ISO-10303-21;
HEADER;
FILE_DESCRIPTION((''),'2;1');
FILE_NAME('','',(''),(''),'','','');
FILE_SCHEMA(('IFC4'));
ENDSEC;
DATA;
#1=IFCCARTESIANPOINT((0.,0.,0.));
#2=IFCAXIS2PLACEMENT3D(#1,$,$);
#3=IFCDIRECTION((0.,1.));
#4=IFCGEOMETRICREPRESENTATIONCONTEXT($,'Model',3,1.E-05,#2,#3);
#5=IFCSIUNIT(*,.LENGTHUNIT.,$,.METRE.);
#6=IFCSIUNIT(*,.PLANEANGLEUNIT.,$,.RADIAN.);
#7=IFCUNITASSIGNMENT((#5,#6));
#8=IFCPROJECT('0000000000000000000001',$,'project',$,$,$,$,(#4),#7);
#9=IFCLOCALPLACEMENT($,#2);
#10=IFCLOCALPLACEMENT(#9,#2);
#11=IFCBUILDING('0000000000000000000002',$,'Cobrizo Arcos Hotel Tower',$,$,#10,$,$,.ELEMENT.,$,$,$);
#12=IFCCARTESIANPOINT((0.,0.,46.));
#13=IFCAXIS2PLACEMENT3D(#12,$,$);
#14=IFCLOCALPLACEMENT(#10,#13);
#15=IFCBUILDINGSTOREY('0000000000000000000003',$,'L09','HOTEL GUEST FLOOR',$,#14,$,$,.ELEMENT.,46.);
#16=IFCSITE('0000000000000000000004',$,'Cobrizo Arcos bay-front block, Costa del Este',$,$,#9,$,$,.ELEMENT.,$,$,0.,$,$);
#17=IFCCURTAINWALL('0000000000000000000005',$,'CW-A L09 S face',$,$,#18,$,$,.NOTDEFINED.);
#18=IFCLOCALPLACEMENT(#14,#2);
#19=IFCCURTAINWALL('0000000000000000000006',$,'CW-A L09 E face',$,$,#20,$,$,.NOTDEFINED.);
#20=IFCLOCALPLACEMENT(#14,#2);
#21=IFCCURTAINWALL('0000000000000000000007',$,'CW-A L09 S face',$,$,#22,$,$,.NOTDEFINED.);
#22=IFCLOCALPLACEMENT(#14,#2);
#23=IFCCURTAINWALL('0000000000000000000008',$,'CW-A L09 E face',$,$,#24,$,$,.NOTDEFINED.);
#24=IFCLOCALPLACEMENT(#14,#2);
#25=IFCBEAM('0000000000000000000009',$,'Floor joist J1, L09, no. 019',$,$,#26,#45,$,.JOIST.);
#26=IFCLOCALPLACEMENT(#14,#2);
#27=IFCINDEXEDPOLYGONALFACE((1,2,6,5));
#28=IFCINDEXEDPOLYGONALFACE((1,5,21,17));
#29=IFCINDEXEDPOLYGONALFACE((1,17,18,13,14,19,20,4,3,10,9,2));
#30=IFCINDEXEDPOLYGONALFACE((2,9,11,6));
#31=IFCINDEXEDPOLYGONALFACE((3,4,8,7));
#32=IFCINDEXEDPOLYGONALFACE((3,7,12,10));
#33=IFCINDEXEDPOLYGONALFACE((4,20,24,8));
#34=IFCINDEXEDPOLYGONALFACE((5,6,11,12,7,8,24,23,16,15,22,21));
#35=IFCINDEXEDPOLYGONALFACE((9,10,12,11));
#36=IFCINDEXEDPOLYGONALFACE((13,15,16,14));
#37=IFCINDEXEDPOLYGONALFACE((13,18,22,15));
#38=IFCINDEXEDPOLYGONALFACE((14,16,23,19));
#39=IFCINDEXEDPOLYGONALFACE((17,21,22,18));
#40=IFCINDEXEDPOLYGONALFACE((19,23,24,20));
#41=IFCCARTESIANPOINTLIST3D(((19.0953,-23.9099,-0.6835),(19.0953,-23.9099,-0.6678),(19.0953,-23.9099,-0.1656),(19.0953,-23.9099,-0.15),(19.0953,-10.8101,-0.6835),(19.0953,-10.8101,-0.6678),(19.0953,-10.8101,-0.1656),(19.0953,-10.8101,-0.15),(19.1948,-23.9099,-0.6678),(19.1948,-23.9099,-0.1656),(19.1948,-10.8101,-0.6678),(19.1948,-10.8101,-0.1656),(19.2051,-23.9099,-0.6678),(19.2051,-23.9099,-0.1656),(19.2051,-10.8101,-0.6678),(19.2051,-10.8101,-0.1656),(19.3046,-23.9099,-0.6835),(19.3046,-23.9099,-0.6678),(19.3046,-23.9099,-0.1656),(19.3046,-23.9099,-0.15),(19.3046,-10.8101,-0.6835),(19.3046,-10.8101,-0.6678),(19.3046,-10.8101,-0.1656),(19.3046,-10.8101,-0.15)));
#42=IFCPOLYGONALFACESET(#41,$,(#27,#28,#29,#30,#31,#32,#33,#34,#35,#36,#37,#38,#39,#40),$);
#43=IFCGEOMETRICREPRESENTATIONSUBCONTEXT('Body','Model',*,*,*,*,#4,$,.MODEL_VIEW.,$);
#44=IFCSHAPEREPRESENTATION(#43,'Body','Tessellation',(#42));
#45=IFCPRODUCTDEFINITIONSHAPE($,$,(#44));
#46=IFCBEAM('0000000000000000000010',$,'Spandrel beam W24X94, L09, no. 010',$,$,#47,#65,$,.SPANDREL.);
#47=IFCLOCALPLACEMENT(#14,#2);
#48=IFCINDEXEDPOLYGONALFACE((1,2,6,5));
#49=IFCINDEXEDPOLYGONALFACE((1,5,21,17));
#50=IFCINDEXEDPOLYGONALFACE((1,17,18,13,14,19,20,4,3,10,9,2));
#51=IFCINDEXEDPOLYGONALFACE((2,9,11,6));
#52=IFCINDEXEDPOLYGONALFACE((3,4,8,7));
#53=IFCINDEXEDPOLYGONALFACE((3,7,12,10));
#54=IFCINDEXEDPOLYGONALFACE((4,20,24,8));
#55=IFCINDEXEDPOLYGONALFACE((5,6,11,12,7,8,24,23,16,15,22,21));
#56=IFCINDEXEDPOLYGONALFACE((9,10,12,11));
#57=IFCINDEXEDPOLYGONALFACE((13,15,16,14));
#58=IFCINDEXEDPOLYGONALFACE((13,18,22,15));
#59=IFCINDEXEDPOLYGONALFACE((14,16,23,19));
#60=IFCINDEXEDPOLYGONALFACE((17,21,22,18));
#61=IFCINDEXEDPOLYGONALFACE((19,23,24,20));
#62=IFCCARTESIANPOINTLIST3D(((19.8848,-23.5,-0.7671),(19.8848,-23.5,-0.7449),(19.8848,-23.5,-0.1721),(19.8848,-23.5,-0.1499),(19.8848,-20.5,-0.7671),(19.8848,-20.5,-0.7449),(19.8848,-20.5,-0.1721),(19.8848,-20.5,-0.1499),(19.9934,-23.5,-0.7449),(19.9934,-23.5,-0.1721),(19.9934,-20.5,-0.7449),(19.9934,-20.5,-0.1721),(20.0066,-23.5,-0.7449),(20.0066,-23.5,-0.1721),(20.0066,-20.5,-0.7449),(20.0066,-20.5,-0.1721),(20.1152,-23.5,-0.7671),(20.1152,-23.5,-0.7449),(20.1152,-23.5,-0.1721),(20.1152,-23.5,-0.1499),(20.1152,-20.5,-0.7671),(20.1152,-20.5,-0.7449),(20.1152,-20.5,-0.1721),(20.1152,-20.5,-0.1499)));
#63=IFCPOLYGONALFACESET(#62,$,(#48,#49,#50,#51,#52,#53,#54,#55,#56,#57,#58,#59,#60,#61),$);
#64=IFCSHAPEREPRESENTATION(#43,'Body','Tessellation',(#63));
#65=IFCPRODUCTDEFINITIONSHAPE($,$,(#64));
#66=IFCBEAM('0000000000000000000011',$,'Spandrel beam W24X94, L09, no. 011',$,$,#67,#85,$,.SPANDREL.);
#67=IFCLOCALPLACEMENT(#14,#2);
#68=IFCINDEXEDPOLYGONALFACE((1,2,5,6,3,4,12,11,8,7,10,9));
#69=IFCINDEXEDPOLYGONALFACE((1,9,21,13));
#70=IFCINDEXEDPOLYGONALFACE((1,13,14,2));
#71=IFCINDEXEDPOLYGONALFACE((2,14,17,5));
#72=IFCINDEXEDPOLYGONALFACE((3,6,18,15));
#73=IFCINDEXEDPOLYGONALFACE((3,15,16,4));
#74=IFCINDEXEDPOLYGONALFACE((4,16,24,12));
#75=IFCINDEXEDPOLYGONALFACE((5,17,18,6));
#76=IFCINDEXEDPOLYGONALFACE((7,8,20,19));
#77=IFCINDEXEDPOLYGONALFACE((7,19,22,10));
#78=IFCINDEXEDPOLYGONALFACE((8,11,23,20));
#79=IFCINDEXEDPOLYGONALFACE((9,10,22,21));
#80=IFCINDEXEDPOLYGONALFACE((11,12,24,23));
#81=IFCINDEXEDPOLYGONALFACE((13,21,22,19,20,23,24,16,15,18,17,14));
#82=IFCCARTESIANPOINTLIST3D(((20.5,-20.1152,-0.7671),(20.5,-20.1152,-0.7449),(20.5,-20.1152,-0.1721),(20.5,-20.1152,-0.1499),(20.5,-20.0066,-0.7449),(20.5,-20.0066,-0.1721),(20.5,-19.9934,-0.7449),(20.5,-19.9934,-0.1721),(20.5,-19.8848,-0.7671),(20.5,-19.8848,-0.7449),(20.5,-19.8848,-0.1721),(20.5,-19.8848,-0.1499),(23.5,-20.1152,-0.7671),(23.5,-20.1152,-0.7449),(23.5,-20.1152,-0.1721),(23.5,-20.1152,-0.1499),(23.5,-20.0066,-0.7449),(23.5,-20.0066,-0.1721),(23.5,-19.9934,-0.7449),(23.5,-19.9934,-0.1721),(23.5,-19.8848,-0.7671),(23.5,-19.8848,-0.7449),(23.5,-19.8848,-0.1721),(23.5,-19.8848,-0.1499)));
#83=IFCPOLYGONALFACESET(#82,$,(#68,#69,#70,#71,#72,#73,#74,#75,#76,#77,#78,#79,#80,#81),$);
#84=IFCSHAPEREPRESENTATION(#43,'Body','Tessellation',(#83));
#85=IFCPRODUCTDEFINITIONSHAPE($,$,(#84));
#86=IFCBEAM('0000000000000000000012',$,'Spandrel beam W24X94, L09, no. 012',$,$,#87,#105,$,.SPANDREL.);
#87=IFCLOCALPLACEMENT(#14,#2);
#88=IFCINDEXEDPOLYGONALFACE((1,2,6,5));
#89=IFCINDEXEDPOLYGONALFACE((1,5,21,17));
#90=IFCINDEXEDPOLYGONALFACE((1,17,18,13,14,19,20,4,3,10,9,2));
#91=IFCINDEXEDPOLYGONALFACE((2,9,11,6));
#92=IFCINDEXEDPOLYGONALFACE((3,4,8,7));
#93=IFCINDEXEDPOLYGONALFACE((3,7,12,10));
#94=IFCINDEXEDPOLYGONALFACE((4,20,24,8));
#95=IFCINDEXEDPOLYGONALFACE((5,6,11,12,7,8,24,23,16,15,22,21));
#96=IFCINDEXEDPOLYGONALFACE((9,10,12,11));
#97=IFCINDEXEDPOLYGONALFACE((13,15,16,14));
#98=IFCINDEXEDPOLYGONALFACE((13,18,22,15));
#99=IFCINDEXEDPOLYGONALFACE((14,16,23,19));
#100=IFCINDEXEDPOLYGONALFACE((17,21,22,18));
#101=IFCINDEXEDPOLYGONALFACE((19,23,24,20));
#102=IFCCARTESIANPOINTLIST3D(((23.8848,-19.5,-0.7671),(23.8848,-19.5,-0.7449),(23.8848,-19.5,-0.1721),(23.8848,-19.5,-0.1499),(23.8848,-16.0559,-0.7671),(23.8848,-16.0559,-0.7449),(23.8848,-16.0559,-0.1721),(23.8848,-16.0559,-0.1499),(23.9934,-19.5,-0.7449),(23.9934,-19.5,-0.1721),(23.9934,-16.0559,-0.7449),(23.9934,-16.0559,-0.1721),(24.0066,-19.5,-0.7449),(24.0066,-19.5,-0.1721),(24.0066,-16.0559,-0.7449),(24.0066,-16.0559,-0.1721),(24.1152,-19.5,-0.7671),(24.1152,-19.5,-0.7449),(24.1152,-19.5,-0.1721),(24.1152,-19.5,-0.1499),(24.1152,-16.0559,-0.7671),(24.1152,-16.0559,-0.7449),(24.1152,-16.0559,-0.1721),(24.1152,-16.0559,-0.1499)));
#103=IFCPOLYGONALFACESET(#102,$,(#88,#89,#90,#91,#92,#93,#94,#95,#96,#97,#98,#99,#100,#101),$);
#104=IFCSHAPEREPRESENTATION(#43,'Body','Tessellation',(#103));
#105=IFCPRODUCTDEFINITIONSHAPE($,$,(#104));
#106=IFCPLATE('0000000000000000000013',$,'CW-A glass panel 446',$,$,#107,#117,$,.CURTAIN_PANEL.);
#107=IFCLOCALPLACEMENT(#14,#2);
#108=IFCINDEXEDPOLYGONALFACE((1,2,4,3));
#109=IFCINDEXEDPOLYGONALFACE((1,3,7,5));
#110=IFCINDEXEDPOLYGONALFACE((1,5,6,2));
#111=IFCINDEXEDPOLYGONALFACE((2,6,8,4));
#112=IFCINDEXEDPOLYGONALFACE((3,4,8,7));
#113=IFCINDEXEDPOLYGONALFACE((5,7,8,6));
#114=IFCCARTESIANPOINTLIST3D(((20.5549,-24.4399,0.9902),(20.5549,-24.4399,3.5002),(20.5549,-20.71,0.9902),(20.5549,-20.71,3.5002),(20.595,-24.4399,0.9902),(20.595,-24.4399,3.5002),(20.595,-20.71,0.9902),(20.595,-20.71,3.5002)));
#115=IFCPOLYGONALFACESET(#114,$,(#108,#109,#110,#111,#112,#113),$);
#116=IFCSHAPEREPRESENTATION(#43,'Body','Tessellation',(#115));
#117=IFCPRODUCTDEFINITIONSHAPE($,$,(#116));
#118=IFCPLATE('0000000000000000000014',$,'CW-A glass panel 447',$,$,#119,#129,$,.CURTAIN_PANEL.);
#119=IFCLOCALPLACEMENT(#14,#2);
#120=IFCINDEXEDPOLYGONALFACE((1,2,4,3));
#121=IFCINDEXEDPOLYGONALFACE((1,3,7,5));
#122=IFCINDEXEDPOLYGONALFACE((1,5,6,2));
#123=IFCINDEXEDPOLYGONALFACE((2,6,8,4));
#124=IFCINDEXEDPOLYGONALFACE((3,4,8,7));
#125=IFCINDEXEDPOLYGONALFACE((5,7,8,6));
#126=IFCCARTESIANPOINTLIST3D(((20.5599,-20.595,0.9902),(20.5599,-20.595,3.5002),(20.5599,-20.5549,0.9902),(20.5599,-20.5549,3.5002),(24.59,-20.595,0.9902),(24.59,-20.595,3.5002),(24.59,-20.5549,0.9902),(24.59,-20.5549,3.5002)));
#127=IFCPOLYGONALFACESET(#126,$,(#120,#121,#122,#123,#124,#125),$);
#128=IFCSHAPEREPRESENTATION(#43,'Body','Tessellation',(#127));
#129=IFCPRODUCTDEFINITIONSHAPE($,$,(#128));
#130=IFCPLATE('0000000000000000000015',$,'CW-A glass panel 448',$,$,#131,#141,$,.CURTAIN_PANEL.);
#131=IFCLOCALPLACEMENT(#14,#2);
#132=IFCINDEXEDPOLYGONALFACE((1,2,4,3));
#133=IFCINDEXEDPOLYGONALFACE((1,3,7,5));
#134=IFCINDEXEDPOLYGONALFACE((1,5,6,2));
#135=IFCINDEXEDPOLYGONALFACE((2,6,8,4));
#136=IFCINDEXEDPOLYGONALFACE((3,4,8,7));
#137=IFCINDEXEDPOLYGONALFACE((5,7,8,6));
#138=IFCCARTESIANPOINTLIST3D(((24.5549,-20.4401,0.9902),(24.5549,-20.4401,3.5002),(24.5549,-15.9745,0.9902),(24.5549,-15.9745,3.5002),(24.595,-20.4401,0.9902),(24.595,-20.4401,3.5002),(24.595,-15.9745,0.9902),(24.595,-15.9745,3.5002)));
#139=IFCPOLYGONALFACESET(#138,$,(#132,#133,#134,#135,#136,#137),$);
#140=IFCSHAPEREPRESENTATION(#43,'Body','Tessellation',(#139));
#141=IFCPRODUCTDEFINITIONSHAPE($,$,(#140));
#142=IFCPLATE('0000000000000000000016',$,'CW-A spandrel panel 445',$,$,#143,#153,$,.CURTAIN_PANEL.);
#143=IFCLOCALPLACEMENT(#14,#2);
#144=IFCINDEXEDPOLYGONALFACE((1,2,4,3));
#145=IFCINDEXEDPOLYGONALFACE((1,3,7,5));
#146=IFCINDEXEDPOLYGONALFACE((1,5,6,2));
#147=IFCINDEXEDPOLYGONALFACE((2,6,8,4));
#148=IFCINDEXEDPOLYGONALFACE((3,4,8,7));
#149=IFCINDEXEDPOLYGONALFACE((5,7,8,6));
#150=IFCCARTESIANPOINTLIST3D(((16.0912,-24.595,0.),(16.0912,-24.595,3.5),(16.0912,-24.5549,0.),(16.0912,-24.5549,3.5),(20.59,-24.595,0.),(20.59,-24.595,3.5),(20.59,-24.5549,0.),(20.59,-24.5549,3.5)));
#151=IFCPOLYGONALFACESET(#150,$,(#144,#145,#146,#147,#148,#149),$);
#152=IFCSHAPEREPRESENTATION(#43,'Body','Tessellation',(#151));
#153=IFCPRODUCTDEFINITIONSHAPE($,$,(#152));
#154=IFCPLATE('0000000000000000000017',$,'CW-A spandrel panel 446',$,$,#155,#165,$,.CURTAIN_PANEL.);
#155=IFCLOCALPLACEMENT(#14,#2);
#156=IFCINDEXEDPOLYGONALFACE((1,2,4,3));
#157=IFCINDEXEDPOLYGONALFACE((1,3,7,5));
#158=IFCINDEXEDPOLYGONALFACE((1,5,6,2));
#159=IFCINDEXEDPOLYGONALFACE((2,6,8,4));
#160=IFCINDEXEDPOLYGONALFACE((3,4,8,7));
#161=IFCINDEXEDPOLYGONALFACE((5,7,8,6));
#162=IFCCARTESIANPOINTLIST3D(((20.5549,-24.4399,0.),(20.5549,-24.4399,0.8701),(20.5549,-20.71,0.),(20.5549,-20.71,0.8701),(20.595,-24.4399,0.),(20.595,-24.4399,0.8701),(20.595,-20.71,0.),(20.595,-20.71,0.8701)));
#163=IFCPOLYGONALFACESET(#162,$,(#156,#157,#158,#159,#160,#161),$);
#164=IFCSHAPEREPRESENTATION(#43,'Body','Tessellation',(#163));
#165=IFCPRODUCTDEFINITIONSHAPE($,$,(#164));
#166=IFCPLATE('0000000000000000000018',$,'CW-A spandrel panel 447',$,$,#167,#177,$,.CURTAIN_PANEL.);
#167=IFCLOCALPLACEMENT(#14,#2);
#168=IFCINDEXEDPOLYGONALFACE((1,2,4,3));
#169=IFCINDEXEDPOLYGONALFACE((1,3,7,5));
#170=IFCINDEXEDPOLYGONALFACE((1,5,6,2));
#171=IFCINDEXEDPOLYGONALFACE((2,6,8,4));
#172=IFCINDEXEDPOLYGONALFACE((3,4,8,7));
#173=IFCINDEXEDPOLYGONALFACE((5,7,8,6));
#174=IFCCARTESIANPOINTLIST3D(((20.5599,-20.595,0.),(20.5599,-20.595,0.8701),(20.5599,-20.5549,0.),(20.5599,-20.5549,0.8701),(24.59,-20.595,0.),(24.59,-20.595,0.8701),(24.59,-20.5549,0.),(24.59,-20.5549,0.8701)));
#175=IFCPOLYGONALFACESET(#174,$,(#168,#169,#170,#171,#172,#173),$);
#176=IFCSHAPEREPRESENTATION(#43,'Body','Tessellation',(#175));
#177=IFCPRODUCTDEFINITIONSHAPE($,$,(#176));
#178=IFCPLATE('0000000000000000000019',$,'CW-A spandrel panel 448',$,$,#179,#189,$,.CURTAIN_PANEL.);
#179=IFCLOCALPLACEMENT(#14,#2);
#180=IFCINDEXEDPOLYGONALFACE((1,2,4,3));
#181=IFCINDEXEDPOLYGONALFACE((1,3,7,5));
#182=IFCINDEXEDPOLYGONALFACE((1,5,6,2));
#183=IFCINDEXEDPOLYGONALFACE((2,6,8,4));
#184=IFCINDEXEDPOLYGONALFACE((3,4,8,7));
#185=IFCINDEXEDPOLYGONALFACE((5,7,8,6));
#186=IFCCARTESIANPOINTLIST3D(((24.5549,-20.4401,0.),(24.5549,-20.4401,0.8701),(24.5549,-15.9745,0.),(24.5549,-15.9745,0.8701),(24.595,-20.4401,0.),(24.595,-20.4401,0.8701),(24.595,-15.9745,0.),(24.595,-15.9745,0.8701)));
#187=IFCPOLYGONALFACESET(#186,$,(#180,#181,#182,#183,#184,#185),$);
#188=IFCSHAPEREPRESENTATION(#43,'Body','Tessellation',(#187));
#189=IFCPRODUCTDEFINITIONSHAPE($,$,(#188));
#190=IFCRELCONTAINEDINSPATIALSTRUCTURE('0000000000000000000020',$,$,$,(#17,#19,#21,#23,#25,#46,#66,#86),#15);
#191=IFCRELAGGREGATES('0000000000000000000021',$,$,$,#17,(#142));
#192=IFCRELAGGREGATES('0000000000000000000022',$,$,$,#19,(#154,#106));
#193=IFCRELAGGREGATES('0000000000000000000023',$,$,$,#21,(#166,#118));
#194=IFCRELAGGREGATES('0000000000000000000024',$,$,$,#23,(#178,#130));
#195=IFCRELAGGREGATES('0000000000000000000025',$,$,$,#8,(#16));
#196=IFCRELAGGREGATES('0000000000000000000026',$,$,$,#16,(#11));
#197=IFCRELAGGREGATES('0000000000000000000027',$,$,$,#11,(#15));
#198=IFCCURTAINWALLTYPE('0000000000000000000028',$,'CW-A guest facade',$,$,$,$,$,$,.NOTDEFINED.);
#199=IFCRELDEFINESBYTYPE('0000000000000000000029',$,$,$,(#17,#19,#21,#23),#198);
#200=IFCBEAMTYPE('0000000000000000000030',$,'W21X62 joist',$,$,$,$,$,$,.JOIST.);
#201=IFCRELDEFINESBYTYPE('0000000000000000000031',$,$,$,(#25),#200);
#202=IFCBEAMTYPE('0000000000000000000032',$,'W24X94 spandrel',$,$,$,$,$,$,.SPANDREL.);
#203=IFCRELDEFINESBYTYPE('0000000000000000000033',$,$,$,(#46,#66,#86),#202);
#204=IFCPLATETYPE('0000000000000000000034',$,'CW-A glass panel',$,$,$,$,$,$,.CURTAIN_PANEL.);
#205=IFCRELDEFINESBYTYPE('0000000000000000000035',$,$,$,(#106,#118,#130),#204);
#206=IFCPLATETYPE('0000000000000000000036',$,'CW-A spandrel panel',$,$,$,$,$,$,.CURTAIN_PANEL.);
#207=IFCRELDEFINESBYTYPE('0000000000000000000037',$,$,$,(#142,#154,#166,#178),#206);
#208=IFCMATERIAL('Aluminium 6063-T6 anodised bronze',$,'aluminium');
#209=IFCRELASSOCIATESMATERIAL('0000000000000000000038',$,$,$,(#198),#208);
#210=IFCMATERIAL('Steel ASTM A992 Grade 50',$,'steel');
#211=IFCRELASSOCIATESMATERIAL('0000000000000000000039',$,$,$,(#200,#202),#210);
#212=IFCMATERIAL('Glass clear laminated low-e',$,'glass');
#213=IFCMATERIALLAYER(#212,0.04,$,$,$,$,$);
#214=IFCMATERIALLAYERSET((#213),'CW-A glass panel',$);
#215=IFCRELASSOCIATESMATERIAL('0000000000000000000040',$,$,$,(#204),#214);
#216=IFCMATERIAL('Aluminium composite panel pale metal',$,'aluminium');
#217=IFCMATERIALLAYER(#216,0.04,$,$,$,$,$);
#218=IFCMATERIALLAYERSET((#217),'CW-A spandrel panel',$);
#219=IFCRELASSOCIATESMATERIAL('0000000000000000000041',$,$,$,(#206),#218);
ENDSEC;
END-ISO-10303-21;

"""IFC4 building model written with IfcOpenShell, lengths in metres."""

from ifc_helpers import new_model, si_unit, direction, frame, origin, origin_2d, place, context, subcontext, project, spatial, rectangle, i_section, extrude, material, layer, layer_set, material_profile, profile_set, type_object, element, aggregate, save


model = new_model("IFC4")

# Units and contexts
model_context = context("Model", 3, precision=1e-05, world=origin(), true_north=direction((0.0, 1.0)))
body_context = subcontext(model_context, "Body", "Model", "MODEL_VIEW")
ifc_project = project(units=[si_unit("LENGTHUNIT", "METRE"), si_unit("PLANEANGLEUNIT", "RADIAN")], contexts=[model_context])

# Site, building, storey
site_placement = place(None, origin())
site = spatial("IfcSite", under=ifc_project, at=site_placement, Name="Cobrizo Arcos bay-front block, Costa del Este", CompositionType="ELEMENT", RefElevation=0.0)
building_placement = place(site_placement, origin())
building = spatial("IfcBuilding", under=site, at=building_placement, Name="Cobrizo Arcos Hotel Tower", CompositionType="ELEMENT")
storey_placement = place(building_placement, frame((0.0, 0.0, 46.0)))
storey = spatial("IfcBuildingStorey", under=building, at=storey_placement, Name="L09", Description="HOTEL GUEST FLOOR", CompositionType="ELEMENT", Elevation=46.0)

# Curtain wall
ifc_material_1 = material(Name="Aluminium 6063-T6 anodised bronze", Category="aluminium")
curtain_wall_type = type_object("IfcCurtainWallType", Name="CW-A guest facade", PredefinedType="NOTDEFINED", material=ifc_material_1)
curtain_wall_1_placement = place(storey_placement, origin())
curtain_wall_1 = element("IfcCurtainWall", 1, at=curtain_wall_1_placement, inside=storey, type_object=curtain_wall_type, Name="CW-A L09 S face", PredefinedType="NOTDEFINED")

# Curtain walls
curtain_wall_2_placement = place(storey_placement, origin())
curtain_wall_2 = element("IfcCurtainWall", 2, at=curtain_wall_2_placement, inside=storey, type_object=curtain_wall_type, Name="CW-A L09 E face", PredefinedType="NOTDEFINED")
curtain_wall_3_placement = place(storey_placement, origin())
curtain_wall_3 = element("IfcCurtainWall", 3, at=curtain_wall_3_placement, inside=storey, type_object=curtain_wall_type, Name="CW-A L09 S face", PredefinedType="NOTDEFINED")
curtain_wall_4_placement = place(storey_placement, origin())
curtain_wall_4 = element("IfcCurtainWall", 4, at=curtain_wall_4_placement, inside=storey, type_object=curtain_wall_type, Name="CW-A L09 E face", PredefinedType="NOTDEFINED")

# Beams
ifc_material_2 = material(Name="Steel ASTM A992 Grade 50", Category="steel")
ifc_material_profile_1 = material_profile(ifc_material_2, i_section(OverallWidth=0.2092, OverallDepth=0.5334, WebThickness=0.0103, FlangeThickness=0.0156, at=origin_2d()), Name="W21X62")
ifc_profile_set_1 = profile_set([ifc_material_profile_1], Name="Steel ASTM A992 Grade 50")
beam_type_1 = type_object("IfcBeamType", Name="W21X62 joist", PredefinedType="JOIST", material=ifc_profile_set_1)
beam_1_placement = place(storey_placement, frame((19.2, -23.9099, -0.4167), z_axis=(0.0, 1.0, 0.0), x_axis=(-1.0, 0.0, 0.0)))
element("IfcBeam", 5, at=beam_1_placement, inside=storey, type_object=beam_type_1, Name="Floor joist J1, L09, no. 019", PredefinedType="JOIST", context=body_context, shape_type="SweptSolid", body=[
    extrude(i_section(OverallWidth=0.2092, OverallDepth=0.5334, WebThickness=0.0103, FlangeThickness=0.0156, at=origin_2d()), origin(), (0.0, 0.0, 1.0), 13.0999),
])
ifc_material_profile_2 = material_profile(ifc_material_2, i_section(OverallWidth=0.2305, OverallDepth=0.6172, WebThickness=0.0132, FlangeThickness=0.0222, at=origin_2d()), Name="W24X94")
ifc_profile_set_2 = profile_set([ifc_material_profile_2], Name="Steel ASTM A992 Grade 50")
beam_type_2 = type_object("IfcBeamType", Name="W24X94 spandrel", PredefinedType="SPANDREL", material=ifc_profile_set_2)
for number, where, z_axis, x_axis, name in (
    (6, (20.0, -23.5, -0.4585), (0.0, 1.0, 0.0), (-1.0, 0.0, 0.0), "Spandrel beam W24X94, L09, no. 010"),
    (7, (20.5, -20.0, -0.4585), (1.0, 0.0, 0.0), (0.0, 1.0, 0.0), "Spandrel beam W24X94, L09, no. 011"),
):
    element("IfcBeam", number, at=place(storey_placement, frame(where, z_axis=z_axis, x_axis=x_axis)), inside=storey, type_object=beam_type_2, Name=name, PredefinedType="SPANDREL", context=body_context, shape_type="SweptSolid", body=[
        extrude(i_section(OverallWidth=0.2305, OverallDepth=0.6172, WebThickness=0.0132, FlangeThickness=0.0222, at=origin_2d()), origin(), (0.0, 0.0, 1.0), 3.0),
    ])
beam_2_placement = place(storey_placement, frame((24.0, -19.5, -0.4585), z_axis=(0.0, 1.0, 0.0), x_axis=(-1.0, 0.0, 0.0)))
element("IfcBeam", 8, at=beam_2_placement, inside=storey, type_object=beam_type_2, Name="Spandrel beam W24X94, L09, no. 012", PredefinedType="SPANDREL", context=body_context, shape_type="SweptSolid", body=[
    extrude(i_section(OverallWidth=0.2305, OverallDepth=0.6172, WebThickness=0.0132, FlangeThickness=0.0222, at=origin_2d()), origin(), (0.0, 0.0, 1.0), 3.4441),
])

# Plates
ifc_material_3 = material(Name="Glass clear laminated low-e", Category="glass")
ifc_layer_1 = layer(ifc_material_3, 0.04)
ifc_layer_set_1 = layer_set([ifc_layer_1], Name="CW-A glass panel")
plate_type_1 = type_object("IfcPlateType", Name="CW-A glass panel", PredefinedType="CURTAIN_PANEL", material=ifc_layer_set_1)
plate_1_placement = place(storey_placement, frame((20.575, -22.575, 0.9902), z_axis=(0.0, 0.0, 1.0), x_axis=(0.0, 1.0, 0.0)))
plate_1 = element("IfcPlate", 9, at=plate_1_placement, type_object=plate_type_1, Name="CW-A glass panel 446", PredefinedType="CURTAIN_PANEL", context=body_context, shape_type="SweptSolid", body=[
    extrude(rectangle(XDim=3.73, YDim=0.04, at=origin_2d()), origin(), (0.0, 0.0, 1.0), 2.51),
])
plate_2_placement = place(storey_placement, frame((22.575, -20.575, 0.9902), z_axis=(0.0, 0.0, 1.0), x_axis=(1.0, 0.0, 0.0)))
plate_2 = element("IfcPlate", 10, at=plate_2_placement, type_object=plate_type_1, Name="CW-A glass panel 447", PredefinedType="CURTAIN_PANEL", context=body_context, shape_type="SweptSolid", body=[
    extrude(rectangle(XDim=4.03, YDim=0.04, at=origin_2d()), origin(), (0.0, 0.0, 1.0), 2.51),
])
plate_3_placement = place(storey_placement, frame((24.575, -18.2073, 0.9902), z_axis=(0.0, 0.0, 1.0), x_axis=(0.0, 1.0, 0.0)))
plate_3 = element("IfcPlate", 11, at=plate_3_placement, type_object=plate_type_1, Name="CW-A glass panel 448", PredefinedType="CURTAIN_PANEL", context=body_context, shape_type="SweptSolid", body=[
    extrude(rectangle(XDim=4.4656, YDim=0.04, at=origin_2d()), origin(), (0.0, 0.0, 1.0), 2.51),
])
ifc_material_4 = material(Name="Aluminium composite panel pale metal", Category="aluminium")
ifc_layer_2 = layer(ifc_material_4, 0.04)
ifc_layer_set_2 = layer_set([ifc_layer_2], Name="CW-A spandrel panel")
plate_type_2 = type_object("IfcPlateType", Name="CW-A spandrel panel", PredefinedType="CURTAIN_PANEL", material=ifc_layer_set_2)
plate_4_placement = place(storey_placement, frame((18.3406, -24.575, 0.0), z_axis=(0.0, 0.0, 1.0), x_axis=(1.0, 0.0, 0.0)))
plate_4 = element("IfcPlate", 12, at=plate_4_placement, type_object=plate_type_2, Name="CW-A spandrel panel 445", PredefinedType="CURTAIN_PANEL", context=body_context, shape_type="SweptSolid", body=[
    extrude(rectangle(XDim=4.4988, YDim=0.04, at=origin_2d()), origin(), (0.0, 0.0, 1.0), 3.5),
])
aggregate(curtain_wall_1, [plate_4])
plate_5_placement = place(storey_placement, frame((20.575, -22.575, 0.0), z_axis=(0.0, 0.0, 1.0), x_axis=(0.0, 1.0, 0.0)))
plate_5 = element("IfcPlate", 13, at=plate_5_placement, type_object=plate_type_2, Name="CW-A spandrel panel 446", PredefinedType="CURTAIN_PANEL", context=body_context, shape_type="SweptSolid", body=[
    extrude(rectangle(XDim=3.73, YDim=0.04, at=origin_2d()), origin(), (0.0, 0.0, 1.0), 0.8701),
])
aggregate(curtain_wall_2, [plate_5, plate_1])
plate_6_placement = place(storey_placement, frame((22.575, -20.575, 0.0), z_axis=(0.0, 0.0, 1.0), x_axis=(1.0, 0.0, 0.0)))
plate_6 = element("IfcPlate", 14, at=plate_6_placement, type_object=plate_type_2, Name="CW-A spandrel panel 447", PredefinedType="CURTAIN_PANEL", context=body_context, shape_type="SweptSolid", body=[
    extrude(rectangle(XDim=4.03, YDim=0.04, at=origin_2d()), origin(), (0.0, 0.0, 1.0), 0.8701),
])
aggregate(curtain_wall_3, [plate_6, plate_2])
plate_7_placement = place(storey_placement, frame((24.575, -18.2073, 0.0), z_axis=(0.0, 0.0, 1.0), x_axis=(0.0, 1.0, 0.0)))
plate_7 = element("IfcPlate", 15, at=plate_7_placement, type_object=plate_type_2, Name="CW-A spandrel panel 448", PredefinedType="CURTAIN_PANEL", context=body_context, shape_type="SweptSolid", body=[
    extrude(rectangle(XDim=4.4656, YDim=0.04, at=origin_2d()), origin(), (0.0, 0.0, 1.0), 0.8701),
])
aggregate(curtain_wall_4, [plate_7, plate_3])

save(model, "model.ifc")
